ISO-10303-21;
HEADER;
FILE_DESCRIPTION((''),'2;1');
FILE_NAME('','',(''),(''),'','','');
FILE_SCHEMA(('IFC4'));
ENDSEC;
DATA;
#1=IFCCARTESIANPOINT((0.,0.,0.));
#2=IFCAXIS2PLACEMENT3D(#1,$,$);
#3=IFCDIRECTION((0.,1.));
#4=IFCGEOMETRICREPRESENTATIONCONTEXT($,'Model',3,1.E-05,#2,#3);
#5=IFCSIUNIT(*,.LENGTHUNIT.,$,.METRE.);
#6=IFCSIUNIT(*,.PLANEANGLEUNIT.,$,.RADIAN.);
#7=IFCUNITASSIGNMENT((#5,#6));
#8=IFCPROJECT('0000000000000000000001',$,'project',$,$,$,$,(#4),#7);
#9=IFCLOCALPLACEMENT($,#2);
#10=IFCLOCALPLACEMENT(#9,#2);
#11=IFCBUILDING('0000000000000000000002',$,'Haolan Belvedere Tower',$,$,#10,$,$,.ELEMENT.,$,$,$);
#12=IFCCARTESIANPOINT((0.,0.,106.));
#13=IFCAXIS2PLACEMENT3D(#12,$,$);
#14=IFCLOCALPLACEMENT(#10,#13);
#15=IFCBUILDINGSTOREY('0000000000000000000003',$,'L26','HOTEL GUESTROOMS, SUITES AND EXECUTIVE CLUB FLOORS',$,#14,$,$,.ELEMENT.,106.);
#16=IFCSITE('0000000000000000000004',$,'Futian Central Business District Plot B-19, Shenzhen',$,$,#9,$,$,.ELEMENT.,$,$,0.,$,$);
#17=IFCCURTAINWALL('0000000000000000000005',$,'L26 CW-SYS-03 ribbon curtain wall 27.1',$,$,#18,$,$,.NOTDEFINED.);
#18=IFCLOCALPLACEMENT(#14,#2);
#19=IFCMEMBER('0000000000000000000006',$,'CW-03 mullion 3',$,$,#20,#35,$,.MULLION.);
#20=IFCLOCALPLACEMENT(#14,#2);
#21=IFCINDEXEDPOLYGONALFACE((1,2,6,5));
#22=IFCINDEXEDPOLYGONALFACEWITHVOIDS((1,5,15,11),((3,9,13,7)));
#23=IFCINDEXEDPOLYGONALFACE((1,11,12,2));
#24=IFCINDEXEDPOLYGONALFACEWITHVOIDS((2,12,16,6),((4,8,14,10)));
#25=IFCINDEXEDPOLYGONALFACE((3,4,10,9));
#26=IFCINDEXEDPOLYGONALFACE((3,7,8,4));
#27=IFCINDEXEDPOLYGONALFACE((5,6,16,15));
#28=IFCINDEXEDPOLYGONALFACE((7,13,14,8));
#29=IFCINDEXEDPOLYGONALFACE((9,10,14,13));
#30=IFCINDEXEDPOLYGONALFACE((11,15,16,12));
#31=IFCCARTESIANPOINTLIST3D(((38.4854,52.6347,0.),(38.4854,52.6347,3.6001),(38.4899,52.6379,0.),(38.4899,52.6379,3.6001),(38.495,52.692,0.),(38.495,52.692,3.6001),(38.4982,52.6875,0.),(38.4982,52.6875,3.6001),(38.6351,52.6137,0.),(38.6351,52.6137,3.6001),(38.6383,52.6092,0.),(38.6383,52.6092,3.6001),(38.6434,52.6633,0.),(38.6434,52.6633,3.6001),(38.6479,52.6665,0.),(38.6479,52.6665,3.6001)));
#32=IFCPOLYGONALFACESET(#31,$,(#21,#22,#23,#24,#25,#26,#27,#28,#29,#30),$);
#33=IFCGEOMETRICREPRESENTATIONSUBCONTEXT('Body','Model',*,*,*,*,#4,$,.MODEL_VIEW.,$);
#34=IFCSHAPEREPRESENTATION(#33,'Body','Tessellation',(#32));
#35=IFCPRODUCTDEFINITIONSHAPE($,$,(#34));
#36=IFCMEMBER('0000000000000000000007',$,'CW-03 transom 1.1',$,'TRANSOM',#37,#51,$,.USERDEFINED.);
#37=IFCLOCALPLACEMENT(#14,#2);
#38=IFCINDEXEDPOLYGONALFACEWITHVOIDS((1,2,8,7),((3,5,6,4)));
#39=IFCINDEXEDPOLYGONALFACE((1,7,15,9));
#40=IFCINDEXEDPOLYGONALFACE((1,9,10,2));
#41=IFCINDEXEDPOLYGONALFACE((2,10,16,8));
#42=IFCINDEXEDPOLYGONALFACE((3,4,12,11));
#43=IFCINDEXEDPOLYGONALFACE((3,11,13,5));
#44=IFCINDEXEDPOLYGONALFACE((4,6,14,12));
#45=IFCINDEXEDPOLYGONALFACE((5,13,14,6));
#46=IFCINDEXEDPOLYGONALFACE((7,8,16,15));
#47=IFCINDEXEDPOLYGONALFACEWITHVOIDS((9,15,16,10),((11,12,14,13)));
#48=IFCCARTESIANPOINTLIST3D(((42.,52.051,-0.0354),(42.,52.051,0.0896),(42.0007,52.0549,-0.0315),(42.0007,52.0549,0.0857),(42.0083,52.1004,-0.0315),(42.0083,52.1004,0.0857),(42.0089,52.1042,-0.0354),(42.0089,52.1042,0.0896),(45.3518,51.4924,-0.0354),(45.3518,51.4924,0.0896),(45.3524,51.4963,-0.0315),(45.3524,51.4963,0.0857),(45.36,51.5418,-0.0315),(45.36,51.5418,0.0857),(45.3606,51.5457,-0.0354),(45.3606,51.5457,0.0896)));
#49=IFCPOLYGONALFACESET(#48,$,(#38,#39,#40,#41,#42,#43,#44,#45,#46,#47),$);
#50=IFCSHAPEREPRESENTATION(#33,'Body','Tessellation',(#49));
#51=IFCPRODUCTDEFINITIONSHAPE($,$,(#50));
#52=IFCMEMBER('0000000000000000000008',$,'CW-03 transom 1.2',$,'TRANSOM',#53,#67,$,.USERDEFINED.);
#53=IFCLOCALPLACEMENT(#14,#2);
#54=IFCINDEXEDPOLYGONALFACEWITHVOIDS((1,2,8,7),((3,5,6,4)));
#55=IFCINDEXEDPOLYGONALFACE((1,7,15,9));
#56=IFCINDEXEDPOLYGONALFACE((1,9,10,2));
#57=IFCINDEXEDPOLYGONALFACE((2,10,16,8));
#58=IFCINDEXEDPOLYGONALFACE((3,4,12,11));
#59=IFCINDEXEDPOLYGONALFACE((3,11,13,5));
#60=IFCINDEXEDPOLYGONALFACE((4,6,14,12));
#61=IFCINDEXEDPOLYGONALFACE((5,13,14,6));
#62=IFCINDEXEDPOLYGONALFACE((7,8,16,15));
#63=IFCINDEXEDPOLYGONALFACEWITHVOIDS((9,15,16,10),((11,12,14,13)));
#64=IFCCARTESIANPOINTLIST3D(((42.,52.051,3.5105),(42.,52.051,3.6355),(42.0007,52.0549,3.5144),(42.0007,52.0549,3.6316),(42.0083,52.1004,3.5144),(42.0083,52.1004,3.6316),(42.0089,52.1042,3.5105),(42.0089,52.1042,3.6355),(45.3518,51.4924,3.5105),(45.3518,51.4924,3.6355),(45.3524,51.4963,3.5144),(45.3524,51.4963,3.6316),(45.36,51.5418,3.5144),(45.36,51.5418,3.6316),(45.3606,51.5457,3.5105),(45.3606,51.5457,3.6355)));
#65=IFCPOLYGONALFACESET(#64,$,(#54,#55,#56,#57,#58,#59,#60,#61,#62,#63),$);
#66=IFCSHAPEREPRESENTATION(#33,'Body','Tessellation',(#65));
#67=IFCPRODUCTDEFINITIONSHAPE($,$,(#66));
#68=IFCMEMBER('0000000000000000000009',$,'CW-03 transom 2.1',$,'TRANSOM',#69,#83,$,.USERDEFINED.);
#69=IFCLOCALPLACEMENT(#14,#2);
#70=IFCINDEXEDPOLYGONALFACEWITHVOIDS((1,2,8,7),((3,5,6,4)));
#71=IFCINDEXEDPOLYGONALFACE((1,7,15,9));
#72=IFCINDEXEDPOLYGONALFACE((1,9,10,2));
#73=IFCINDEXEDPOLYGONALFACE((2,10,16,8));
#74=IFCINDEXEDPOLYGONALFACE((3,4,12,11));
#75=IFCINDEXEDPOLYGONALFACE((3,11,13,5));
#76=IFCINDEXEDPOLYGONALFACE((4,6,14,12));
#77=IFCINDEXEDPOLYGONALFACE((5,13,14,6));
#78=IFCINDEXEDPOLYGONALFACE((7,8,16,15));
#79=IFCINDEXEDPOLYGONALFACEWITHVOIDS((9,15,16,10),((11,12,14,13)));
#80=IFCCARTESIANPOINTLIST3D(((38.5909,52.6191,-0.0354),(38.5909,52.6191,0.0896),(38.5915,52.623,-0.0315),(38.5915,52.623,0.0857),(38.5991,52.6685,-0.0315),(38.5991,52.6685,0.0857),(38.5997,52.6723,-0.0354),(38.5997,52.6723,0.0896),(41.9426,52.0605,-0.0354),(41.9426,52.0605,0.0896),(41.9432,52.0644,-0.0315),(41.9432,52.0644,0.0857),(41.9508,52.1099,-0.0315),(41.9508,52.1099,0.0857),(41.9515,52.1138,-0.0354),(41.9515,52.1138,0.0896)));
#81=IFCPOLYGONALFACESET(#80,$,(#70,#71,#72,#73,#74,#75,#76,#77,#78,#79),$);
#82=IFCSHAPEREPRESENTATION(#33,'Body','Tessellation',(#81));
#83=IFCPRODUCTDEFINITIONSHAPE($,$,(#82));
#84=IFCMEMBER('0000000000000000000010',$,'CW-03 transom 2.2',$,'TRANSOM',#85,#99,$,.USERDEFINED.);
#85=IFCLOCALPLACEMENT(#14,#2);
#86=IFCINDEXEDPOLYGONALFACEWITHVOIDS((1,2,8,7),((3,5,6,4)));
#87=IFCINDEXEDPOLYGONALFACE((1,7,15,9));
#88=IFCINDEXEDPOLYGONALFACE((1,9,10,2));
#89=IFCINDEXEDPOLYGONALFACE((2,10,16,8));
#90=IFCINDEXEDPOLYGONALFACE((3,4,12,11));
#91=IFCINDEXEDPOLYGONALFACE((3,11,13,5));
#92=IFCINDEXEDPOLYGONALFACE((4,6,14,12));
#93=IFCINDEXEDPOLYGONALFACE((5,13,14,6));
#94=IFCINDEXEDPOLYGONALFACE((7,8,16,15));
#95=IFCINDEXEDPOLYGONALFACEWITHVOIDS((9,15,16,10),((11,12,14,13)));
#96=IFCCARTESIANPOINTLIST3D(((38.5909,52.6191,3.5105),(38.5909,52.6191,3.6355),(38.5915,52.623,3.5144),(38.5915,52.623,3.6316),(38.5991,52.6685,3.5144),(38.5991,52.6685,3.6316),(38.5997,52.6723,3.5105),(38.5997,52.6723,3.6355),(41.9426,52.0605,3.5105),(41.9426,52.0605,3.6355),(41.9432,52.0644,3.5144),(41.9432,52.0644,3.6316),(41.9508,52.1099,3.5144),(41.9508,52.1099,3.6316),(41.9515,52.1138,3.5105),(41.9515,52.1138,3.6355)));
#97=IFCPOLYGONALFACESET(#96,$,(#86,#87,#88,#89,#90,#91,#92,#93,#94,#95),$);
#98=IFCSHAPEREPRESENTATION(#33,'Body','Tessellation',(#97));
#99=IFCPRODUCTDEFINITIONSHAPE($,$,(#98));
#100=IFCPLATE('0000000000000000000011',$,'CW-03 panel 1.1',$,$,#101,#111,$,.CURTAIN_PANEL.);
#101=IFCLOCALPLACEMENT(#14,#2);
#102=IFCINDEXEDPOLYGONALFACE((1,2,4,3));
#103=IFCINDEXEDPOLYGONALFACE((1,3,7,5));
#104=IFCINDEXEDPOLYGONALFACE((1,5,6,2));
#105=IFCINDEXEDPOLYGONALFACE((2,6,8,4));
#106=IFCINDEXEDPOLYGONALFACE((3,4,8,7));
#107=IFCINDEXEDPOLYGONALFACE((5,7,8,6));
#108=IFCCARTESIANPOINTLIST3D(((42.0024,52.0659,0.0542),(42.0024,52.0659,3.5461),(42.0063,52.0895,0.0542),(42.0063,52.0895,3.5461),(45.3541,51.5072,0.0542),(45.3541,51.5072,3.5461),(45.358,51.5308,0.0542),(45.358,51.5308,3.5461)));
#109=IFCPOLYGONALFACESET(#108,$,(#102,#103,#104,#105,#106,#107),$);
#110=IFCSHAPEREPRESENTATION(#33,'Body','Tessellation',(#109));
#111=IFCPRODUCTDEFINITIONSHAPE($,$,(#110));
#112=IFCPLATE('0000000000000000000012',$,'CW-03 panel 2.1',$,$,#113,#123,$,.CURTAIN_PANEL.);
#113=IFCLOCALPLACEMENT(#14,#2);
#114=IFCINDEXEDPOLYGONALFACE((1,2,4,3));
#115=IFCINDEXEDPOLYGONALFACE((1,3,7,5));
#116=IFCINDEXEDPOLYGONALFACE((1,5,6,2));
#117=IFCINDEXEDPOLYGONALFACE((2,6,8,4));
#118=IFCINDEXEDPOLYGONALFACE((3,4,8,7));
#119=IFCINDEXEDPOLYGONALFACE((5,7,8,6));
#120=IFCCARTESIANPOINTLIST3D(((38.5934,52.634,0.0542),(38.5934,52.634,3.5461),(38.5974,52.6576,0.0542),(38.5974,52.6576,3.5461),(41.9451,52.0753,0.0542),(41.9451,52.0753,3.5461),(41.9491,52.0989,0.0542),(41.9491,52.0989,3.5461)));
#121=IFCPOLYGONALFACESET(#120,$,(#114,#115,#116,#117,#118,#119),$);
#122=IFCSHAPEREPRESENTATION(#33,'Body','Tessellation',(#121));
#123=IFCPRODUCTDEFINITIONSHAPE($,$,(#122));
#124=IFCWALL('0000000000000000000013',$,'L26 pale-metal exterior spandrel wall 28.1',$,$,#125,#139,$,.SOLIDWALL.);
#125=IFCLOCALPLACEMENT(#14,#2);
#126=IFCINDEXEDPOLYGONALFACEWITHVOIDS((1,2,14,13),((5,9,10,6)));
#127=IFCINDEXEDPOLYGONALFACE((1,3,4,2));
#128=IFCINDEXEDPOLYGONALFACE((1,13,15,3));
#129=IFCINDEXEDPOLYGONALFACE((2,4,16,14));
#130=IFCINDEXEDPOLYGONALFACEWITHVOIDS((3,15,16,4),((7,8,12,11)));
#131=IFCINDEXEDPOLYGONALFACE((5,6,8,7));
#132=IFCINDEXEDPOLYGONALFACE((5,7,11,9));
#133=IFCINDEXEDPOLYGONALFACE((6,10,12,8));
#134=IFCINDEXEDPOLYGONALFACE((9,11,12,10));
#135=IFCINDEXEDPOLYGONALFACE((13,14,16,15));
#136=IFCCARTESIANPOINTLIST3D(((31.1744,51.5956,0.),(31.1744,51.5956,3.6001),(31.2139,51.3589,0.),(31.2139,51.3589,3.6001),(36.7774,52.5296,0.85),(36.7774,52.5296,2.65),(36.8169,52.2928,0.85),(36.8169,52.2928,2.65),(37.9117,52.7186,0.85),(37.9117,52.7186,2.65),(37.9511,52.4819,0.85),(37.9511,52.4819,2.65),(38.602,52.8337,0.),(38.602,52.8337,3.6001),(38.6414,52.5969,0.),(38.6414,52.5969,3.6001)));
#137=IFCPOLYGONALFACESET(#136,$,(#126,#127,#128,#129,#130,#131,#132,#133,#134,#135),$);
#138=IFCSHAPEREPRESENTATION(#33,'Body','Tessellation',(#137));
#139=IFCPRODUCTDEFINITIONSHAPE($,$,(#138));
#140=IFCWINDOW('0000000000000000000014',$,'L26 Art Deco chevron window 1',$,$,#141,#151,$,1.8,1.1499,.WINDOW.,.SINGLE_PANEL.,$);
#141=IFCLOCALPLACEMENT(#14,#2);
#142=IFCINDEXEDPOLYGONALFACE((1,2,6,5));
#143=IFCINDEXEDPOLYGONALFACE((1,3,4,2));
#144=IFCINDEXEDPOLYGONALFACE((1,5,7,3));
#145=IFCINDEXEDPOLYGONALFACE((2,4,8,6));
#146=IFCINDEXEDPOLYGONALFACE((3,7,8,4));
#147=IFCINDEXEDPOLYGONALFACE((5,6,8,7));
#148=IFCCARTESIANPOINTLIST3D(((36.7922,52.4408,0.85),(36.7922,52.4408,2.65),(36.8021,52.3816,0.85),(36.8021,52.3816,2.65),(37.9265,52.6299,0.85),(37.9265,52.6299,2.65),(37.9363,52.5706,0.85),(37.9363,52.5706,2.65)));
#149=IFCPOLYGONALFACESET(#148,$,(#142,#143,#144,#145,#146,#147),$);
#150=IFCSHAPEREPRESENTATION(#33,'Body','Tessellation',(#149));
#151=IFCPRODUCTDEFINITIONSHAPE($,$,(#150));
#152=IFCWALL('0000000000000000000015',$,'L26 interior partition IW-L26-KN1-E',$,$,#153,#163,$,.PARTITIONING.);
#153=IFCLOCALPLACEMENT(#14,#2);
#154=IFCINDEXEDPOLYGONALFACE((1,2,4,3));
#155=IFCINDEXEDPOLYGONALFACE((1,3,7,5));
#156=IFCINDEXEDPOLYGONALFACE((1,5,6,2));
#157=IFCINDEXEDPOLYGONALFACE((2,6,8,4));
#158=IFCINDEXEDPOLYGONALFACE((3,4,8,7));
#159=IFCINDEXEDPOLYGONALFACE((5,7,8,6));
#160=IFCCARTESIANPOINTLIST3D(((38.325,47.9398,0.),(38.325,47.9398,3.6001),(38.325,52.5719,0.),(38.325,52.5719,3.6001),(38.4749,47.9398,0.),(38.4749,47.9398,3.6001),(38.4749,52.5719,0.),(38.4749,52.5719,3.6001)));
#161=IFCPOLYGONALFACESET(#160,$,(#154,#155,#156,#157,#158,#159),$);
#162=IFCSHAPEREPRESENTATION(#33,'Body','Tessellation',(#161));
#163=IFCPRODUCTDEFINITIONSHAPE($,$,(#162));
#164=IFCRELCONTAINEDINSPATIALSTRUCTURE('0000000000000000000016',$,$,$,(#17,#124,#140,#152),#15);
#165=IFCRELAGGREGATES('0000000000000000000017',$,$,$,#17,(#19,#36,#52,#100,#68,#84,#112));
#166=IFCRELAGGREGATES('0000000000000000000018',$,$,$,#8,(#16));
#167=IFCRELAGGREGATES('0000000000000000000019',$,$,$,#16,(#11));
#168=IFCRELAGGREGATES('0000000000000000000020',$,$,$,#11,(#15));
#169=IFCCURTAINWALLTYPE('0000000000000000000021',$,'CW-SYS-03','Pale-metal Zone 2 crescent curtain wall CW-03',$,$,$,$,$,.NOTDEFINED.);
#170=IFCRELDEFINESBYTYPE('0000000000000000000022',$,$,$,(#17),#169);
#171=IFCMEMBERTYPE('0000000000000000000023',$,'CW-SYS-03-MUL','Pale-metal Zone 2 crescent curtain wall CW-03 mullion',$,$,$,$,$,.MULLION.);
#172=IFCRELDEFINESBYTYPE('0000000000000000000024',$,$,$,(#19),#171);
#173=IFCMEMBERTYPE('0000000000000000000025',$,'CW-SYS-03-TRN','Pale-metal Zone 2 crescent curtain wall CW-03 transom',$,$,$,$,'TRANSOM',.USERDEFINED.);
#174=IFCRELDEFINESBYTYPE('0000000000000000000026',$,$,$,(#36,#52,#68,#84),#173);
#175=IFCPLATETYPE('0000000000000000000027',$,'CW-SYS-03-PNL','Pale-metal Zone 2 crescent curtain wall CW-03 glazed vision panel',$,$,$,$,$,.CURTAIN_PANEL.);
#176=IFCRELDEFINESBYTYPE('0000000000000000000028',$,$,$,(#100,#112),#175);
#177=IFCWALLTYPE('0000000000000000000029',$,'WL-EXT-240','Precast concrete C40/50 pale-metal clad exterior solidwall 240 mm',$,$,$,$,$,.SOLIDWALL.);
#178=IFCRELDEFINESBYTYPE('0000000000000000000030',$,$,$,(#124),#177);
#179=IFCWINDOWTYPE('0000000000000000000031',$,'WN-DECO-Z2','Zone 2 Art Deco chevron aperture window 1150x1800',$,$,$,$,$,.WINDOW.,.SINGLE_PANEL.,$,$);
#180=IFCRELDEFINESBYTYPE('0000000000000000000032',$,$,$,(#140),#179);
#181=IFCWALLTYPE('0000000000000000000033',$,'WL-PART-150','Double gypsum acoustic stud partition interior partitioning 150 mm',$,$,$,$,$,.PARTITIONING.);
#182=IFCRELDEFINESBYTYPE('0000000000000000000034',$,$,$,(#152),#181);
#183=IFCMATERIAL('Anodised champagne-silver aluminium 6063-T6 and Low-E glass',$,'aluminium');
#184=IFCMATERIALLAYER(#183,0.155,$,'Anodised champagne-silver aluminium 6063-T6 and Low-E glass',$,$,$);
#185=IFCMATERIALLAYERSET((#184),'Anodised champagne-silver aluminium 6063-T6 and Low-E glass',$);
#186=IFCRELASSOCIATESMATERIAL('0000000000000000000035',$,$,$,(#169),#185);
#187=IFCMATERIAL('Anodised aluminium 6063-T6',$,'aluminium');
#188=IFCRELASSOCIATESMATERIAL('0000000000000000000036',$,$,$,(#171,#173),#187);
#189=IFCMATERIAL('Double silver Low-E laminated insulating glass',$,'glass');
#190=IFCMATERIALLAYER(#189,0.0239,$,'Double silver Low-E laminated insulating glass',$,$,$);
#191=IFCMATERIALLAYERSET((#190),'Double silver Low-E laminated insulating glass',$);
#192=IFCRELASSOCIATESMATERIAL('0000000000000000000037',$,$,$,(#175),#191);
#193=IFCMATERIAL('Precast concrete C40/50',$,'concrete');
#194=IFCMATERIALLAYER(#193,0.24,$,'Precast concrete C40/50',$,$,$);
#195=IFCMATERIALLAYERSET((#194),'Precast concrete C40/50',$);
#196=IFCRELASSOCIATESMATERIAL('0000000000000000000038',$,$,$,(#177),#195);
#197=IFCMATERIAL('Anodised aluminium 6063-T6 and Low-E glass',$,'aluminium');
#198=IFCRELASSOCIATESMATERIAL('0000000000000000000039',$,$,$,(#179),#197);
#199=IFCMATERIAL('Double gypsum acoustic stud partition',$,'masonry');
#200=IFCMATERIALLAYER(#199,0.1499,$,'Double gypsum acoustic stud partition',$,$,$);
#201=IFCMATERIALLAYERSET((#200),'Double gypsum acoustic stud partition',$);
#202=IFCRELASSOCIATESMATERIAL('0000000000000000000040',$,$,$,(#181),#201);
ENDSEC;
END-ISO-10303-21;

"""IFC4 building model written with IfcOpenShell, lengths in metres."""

from ifc_helpers import new_model, si_unit, direction, frame, frame_2d, origin, origin_2d, place, context, subcontext, project, spatial, rectangle, hollow_rectangle, extrude, material, layer, layer_set, material_profile, profile_set, type_object, element, fill, aggregate, save


model = new_model("IFC4")

# Units and contexts
model_context = context("Model", 3, precision=1e-05, world=origin(), true_north=direction((0.0, 1.0)))
body_context = subcontext(model_context, "Body", "Model", "MODEL_VIEW")
ifc_project = project(units=[si_unit("LENGTHUNIT", "METRE"), si_unit("PLANEANGLEUNIT", "RADIAN")], contexts=[model_context])

# Site, building, storey
site_placement = place(None, origin())
site = spatial("IfcSite", under=ifc_project, at=site_placement, Name="Futian Central Business District Plot B-19, Shenzhen", CompositionType="ELEMENT", RefElevation=0.0)
building_placement = place(site_placement, origin())
building = spatial("IfcBuilding", under=site, at=building_placement, Name="Haolan Belvedere Tower", CompositionType="ELEMENT")
storey_placement = place(building_placement, frame((0.0, 0.0, 106.0)))
storey = spatial("IfcBuildingStorey", under=building, at=storey_placement, Name="L26", Description="HOTEL GUESTROOMS, SUITES AND EXECUTIVE CLUB FLOORS", CompositionType="ELEMENT", Elevation=106.0)

# Curtain wall, members, plates
ifc_material_1 = material(Name="Anodised champagne-silver aluminium 6063-T6 and Low-E glass", Category="aluminium")
ifc_layer_1 = layer(ifc_material_1, 0.155, Name="Anodised champagne-silver aluminium 6063-T6 and Low-E glass")
ifc_layer_set_1 = layer_set([ifc_layer_1], Name="Anodised champagne-silver aluminium 6063-T6 and Low-E glass")
curtain_wall_type = type_object("IfcCurtainWallType", Name="CW-SYS-03", Description="Pale-metal Zone 2 crescent curtain wall CW-03", PredefinedType="NOTDEFINED", material=ifc_layer_set_1)
curtain_wall_placement = place(storey_placement, origin())
curtain_wall = element("IfcCurtainWall", 1, at=curtain_wall_placement, inside=storey, type_object=curtain_wall_type, Name="L26 CW-SYS-03 ribbon curtain wall 27.1", PredefinedType="NOTDEFINED")
ifc_material_2 = material(Name="Anodised aluminium 6063-T6", Category="aluminium")
ifc_material_profile_1 = material_profile(ifc_material_2, hollow_rectangle(XDim=0.0581, YDim=0.155, WallThickness=0.0039, at=origin_2d()), Name="Anodised aluminium 6063-T6")
ifc_profile_set_1 = profile_set([ifc_material_profile_1], Name="Anodised aluminium 6063-T6")
member_type_1 = type_object("IfcMemberType", Name="CW-SYS-03-MUL", Description="Pale-metal Zone 2 crescent curtain wall CW-03 mullion", PredefinedType="MULLION", material=ifc_profile_set_1)
member_1_placement = place(storey_placement, frame((38.5667, 52.6506, 0.0), z_axis=(0.0, 0.0, 1.0), x_axis=(-0.164404, -0.986393, 0.0)))
member_1 = element("IfcMember", 2, at=member_1_placement, type_object=member_type_1, Name="CW-03 mullion 3", PredefinedType="MULLION", context=body_context, shape_type="SweptSolid", body=[
    extrude(hollow_rectangle(XDim=0.0581, YDim=0.155, WallThickness=0.0039, at=origin_2d()), origin(), (0.0, 0.0, 1.0), 3.6001),
])
ifc_material_profile_2 = material_profile(ifc_material_2, hollow_rectangle(XDim=0.054, YDim=0.125, WallThickness=0.0039, at=origin_2d()), Name="Anodised aluminium 6063-T6")
ifc_profile_set_2 = profile_set([ifc_material_profile_2], Name="Anodised aluminium 6063-T6")
member_type_2 = type_object("IfcMemberType", Name="CW-SYS-03-TRN", Description="Pale-metal Zone 2 crescent curtain wall CW-03 transom", ElementType="TRANSOM", PredefinedType="USERDEFINED", material=ifc_profile_set_2)
member_2_placement = place(storey_placement, frame((45.3562, 51.519, 0.0271), z_axis=(-0.986396, 0.164387, 0.0), x_axis=(-0.164387, -0.986396, 0.0)))
member_2 = element("IfcMember", 3, at=member_2_placement, type_object=member_type_2, Name="CW-03 transom 1.1", ObjectType="TRANSOM", PredefinedType="USERDEFINED", context=body_context, shape_type="SweptSolid", body=[
    extrude(hollow_rectangle(XDim=0.054, YDim=0.125, WallThickness=0.0039, at=origin_2d()), origin(), (0.0, 0.0, 1.0), 3.3979),
])
member_3_placement = place(storey_placement, frame((45.3562, 51.519, 3.573), z_axis=(-0.986396, 0.164387, 0.0), x_axis=(-0.164387, -0.986396, 0.0)))
member_3 = element("IfcMember", 4, at=member_3_placement, type_object=member_type_2, Name="CW-03 transom 1.2", ObjectType="TRANSOM", PredefinedType="USERDEFINED", context=body_context, shape_type="SweptSolid", body=[
    extrude(hollow_rectangle(XDim=0.054, YDim=0.125, WallThickness=0.0039, at=origin_2d()), origin(), (0.0, 0.0, 1.0), 3.3979),
])
member_4_placement = place(storey_placement, frame((41.947, 52.0872, 0.0271), z_axis=(-0.986396, 0.164387, 0.0), x_axis=(-0.164387, -0.986396, 0.0)))
member_4 = element("IfcMember", 5, at=member_4_placement, type_object=member_type_2, Name="CW-03 transom 2.1", ObjectType="TRANSOM", PredefinedType="USERDEFINED", context=body_context, shape_type="SweptSolid", body=[
    extrude(hollow_rectangle(XDim=0.054, YDim=0.125, WallThickness=0.0039, at=origin_2d()), origin(), (0.0, 0.0, 1.0), 3.3979),
])
member_5_placement = place(storey_placement, frame((41.947, 52.0872, 3.573), z_axis=(-0.986396, 0.164387, 0.0), x_axis=(-0.164387, -0.986396, 0.0)))
member_5 = element("IfcMember", 6, at=member_5_placement, type_object=member_type_2, Name="CW-03 transom 2.2", ObjectType="TRANSOM", PredefinedType="USERDEFINED", context=body_context, shape_type="SweptSolid", body=[
    extrude(hollow_rectangle(XDim=0.054, YDim=0.125, WallThickness=0.0039, at=origin_2d()), origin(), (0.0, 0.0, 1.0), 3.3979),
])
ifc_material_3 = material(Name="Double silver Low-E laminated insulating glass", Category="glass")
ifc_layer_2 = layer(ifc_material_3, 0.0239, Name="Double silver Low-E laminated insulating glass")
ifc_layer_set_2 = layer_set([ifc_layer_2], Name="Double silver Low-E laminated insulating glass")
plate_type = type_object("IfcPlateType", Name="CW-SYS-03-PNL", Description="Pale-metal Zone 2 crescent curtain wall CW-03 glazed vision panel", PredefinedType="CURTAIN_PANEL", material=ifc_layer_set_2)
plate_1_placement = place(storey_placement, frame((43.6802, 51.7983, 0.0542), z_axis=(0.0, 0.0, 1.0), x_axis=(-0.986393, 0.164404, 0.0)))
plate_1 = element("IfcPlate", 7, at=plate_1_placement, type_object=plate_type, Name="CW-03 panel 1.1", PredefinedType="CURTAIN_PANEL", context=body_context, shape_type="SweptSolid", body=[
    extrude(rectangle(XDim=3.3979, YDim=0.0239, at=origin_2d()), origin(), (0.0, 0.0, 1.0), 3.4919),
])
plate_2_placement = place(storey_placement, frame((40.2712, 52.3665, 0.0542), z_axis=(0.0, 0.0, 1.0), x_axis=(-0.986393, 0.164404, 0.0)))
plate_2 = element("IfcPlate", 8, at=plate_2_placement, type_object=plate_type, Name="CW-03 panel 2.1", PredefinedType="CURTAIN_PANEL", context=body_context, shape_type="SweptSolid", body=[
    extrude(rectangle(XDim=3.3979, YDim=0.0239, at=origin_2d()), origin(), (0.0, 0.0, 1.0), 3.4919),
])
aggregate(curtain_wall, [member_1, member_2, member_3, plate_1, member_4, member_5, plate_2])

# Wall, opening, window
ifc_material_4 = material(Name="Precast concrete C40/50", Category="concrete")
ifc_layer_3 = layer(ifc_material_4, 0.24, Name="Precast concrete C40/50")
ifc_layer_set_3 = layer_set([ifc_layer_3], Name="Precast concrete C40/50")
wall_type_1 = type_object("IfcWallType", Name="WL-EXT-240", Description="Precast concrete C40/50 pale-metal clad exterior solidwall 240 mm", PredefinedType="SOLIDWALL", material=ifc_layer_set_3)
wall_1_placement = place(storey_placement, frame((38.6218, 52.7153, 0.0), z_axis=(0.0, 0.0, 1.0), x_axis=(-0.986391, -0.164415, 0.0)))
wall_1 = element("IfcWall", 9, at=wall_1_placement, inside=storey, type_object=wall_type_1, Name="L26 pale-metal exterior spandrel wall 28.1", PredefinedType="SOLIDWALL", context=body_context, shape_type="SweptSolid", body=[
    extrude(rectangle(XDim=7.53, YDim=0.24, at=frame_2d((3.7651, 0.0))), origin(), (0.0, 0.0, 1.0), 3.6001),
])
opening_1_placement = place(wall_1_placement, frame((0.7, 0.0, 0.8501)))
opening_1 = element("IfcOpeningElement", 10, at=opening_1_placement, cuts=wall_1, PredefinedType="OPENING", context=body_context, shape_type="SweptSolid", body=[
    extrude(rectangle(XDim=1.1499, YDim=1.8, at=frame_2d((0.575, 0.8999))), frame((0.0, 0.1299, 0.0), z_axis=(0.0, -1.0, 0.0), x_axis=(1.0, 0.0, 0.0)), (0.0, 0.0, 1.0), 0.26),
])
ifc_material_5 = material(Name="Anodised aluminium 6063-T6 and Low-E glass", Category="aluminium")
window_type = type_object("IfcWindowType", Name="WN-DECO-Z2", Description="Zone 2 Art Deco chevron aperture window 1150x1800", PartitioningType="SINGLE_PANEL", PredefinedType="WINDOW", material=ifc_material_5)
window_placement = place(opening_1_placement, origin())
window = element("IfcWindow", 11, at=window_placement, inside=storey, type_object=window_type, Name="L26 Art Deco chevron window 1", OverallHeight=1.8, OverallWidth=1.1499, PartitioningType="SINGLE_PANEL", PredefinedType="WINDOW", context=body_context, shape_type="SweptSolid", body=[
    extrude(rectangle(XDim=1.1499, YDim=1.8, at=frame_2d((0.575, 0.8999))), frame((0.0, 0.03, 0.0), z_axis=(0.0, -1.0, 0.0), x_axis=(1.0, 0.0, 0.0)), (0.0, 0.0, 1.0), 0.0601),
])
fill(opening_1, window)

# Wall
ifc_material_6 = material(Name="Double gypsum acoustic stud partition", Category="masonry")
ifc_layer_4 = layer(ifc_material_6, 0.1499, Name="Double gypsum acoustic stud partition")
ifc_layer_set_4 = layer_set([ifc_layer_4], Name="Double gypsum acoustic stud partition")
wall_type_2 = type_object("IfcWallType", Name="WL-PART-150", Description="Double gypsum acoustic stud partition interior partitioning 150 mm", PredefinedType="PARTITIONING", material=ifc_layer_set_4)
wall_2_placement = place(storey_placement, frame((38.3999, 47.9399, 0.0), z_axis=(0.0, 0.0, 1.0), x_axis=(0.0, 1.0, 0.0)))
element("IfcWall", 12, at=wall_2_placement, inside=storey, type_object=wall_type_2, Name="L26 interior partition IW-L26-KN1-E", PredefinedType="PARTITIONING", context=body_context, shape_type="SweptSolid", body=[
    extrude(rectangle(XDim=4.6321, YDim=0.1499, at=frame_2d((2.3159, 0.0))), origin(), (0.0, 0.0, 1.0), 3.6001),
])

save(model, "model.ifc")
